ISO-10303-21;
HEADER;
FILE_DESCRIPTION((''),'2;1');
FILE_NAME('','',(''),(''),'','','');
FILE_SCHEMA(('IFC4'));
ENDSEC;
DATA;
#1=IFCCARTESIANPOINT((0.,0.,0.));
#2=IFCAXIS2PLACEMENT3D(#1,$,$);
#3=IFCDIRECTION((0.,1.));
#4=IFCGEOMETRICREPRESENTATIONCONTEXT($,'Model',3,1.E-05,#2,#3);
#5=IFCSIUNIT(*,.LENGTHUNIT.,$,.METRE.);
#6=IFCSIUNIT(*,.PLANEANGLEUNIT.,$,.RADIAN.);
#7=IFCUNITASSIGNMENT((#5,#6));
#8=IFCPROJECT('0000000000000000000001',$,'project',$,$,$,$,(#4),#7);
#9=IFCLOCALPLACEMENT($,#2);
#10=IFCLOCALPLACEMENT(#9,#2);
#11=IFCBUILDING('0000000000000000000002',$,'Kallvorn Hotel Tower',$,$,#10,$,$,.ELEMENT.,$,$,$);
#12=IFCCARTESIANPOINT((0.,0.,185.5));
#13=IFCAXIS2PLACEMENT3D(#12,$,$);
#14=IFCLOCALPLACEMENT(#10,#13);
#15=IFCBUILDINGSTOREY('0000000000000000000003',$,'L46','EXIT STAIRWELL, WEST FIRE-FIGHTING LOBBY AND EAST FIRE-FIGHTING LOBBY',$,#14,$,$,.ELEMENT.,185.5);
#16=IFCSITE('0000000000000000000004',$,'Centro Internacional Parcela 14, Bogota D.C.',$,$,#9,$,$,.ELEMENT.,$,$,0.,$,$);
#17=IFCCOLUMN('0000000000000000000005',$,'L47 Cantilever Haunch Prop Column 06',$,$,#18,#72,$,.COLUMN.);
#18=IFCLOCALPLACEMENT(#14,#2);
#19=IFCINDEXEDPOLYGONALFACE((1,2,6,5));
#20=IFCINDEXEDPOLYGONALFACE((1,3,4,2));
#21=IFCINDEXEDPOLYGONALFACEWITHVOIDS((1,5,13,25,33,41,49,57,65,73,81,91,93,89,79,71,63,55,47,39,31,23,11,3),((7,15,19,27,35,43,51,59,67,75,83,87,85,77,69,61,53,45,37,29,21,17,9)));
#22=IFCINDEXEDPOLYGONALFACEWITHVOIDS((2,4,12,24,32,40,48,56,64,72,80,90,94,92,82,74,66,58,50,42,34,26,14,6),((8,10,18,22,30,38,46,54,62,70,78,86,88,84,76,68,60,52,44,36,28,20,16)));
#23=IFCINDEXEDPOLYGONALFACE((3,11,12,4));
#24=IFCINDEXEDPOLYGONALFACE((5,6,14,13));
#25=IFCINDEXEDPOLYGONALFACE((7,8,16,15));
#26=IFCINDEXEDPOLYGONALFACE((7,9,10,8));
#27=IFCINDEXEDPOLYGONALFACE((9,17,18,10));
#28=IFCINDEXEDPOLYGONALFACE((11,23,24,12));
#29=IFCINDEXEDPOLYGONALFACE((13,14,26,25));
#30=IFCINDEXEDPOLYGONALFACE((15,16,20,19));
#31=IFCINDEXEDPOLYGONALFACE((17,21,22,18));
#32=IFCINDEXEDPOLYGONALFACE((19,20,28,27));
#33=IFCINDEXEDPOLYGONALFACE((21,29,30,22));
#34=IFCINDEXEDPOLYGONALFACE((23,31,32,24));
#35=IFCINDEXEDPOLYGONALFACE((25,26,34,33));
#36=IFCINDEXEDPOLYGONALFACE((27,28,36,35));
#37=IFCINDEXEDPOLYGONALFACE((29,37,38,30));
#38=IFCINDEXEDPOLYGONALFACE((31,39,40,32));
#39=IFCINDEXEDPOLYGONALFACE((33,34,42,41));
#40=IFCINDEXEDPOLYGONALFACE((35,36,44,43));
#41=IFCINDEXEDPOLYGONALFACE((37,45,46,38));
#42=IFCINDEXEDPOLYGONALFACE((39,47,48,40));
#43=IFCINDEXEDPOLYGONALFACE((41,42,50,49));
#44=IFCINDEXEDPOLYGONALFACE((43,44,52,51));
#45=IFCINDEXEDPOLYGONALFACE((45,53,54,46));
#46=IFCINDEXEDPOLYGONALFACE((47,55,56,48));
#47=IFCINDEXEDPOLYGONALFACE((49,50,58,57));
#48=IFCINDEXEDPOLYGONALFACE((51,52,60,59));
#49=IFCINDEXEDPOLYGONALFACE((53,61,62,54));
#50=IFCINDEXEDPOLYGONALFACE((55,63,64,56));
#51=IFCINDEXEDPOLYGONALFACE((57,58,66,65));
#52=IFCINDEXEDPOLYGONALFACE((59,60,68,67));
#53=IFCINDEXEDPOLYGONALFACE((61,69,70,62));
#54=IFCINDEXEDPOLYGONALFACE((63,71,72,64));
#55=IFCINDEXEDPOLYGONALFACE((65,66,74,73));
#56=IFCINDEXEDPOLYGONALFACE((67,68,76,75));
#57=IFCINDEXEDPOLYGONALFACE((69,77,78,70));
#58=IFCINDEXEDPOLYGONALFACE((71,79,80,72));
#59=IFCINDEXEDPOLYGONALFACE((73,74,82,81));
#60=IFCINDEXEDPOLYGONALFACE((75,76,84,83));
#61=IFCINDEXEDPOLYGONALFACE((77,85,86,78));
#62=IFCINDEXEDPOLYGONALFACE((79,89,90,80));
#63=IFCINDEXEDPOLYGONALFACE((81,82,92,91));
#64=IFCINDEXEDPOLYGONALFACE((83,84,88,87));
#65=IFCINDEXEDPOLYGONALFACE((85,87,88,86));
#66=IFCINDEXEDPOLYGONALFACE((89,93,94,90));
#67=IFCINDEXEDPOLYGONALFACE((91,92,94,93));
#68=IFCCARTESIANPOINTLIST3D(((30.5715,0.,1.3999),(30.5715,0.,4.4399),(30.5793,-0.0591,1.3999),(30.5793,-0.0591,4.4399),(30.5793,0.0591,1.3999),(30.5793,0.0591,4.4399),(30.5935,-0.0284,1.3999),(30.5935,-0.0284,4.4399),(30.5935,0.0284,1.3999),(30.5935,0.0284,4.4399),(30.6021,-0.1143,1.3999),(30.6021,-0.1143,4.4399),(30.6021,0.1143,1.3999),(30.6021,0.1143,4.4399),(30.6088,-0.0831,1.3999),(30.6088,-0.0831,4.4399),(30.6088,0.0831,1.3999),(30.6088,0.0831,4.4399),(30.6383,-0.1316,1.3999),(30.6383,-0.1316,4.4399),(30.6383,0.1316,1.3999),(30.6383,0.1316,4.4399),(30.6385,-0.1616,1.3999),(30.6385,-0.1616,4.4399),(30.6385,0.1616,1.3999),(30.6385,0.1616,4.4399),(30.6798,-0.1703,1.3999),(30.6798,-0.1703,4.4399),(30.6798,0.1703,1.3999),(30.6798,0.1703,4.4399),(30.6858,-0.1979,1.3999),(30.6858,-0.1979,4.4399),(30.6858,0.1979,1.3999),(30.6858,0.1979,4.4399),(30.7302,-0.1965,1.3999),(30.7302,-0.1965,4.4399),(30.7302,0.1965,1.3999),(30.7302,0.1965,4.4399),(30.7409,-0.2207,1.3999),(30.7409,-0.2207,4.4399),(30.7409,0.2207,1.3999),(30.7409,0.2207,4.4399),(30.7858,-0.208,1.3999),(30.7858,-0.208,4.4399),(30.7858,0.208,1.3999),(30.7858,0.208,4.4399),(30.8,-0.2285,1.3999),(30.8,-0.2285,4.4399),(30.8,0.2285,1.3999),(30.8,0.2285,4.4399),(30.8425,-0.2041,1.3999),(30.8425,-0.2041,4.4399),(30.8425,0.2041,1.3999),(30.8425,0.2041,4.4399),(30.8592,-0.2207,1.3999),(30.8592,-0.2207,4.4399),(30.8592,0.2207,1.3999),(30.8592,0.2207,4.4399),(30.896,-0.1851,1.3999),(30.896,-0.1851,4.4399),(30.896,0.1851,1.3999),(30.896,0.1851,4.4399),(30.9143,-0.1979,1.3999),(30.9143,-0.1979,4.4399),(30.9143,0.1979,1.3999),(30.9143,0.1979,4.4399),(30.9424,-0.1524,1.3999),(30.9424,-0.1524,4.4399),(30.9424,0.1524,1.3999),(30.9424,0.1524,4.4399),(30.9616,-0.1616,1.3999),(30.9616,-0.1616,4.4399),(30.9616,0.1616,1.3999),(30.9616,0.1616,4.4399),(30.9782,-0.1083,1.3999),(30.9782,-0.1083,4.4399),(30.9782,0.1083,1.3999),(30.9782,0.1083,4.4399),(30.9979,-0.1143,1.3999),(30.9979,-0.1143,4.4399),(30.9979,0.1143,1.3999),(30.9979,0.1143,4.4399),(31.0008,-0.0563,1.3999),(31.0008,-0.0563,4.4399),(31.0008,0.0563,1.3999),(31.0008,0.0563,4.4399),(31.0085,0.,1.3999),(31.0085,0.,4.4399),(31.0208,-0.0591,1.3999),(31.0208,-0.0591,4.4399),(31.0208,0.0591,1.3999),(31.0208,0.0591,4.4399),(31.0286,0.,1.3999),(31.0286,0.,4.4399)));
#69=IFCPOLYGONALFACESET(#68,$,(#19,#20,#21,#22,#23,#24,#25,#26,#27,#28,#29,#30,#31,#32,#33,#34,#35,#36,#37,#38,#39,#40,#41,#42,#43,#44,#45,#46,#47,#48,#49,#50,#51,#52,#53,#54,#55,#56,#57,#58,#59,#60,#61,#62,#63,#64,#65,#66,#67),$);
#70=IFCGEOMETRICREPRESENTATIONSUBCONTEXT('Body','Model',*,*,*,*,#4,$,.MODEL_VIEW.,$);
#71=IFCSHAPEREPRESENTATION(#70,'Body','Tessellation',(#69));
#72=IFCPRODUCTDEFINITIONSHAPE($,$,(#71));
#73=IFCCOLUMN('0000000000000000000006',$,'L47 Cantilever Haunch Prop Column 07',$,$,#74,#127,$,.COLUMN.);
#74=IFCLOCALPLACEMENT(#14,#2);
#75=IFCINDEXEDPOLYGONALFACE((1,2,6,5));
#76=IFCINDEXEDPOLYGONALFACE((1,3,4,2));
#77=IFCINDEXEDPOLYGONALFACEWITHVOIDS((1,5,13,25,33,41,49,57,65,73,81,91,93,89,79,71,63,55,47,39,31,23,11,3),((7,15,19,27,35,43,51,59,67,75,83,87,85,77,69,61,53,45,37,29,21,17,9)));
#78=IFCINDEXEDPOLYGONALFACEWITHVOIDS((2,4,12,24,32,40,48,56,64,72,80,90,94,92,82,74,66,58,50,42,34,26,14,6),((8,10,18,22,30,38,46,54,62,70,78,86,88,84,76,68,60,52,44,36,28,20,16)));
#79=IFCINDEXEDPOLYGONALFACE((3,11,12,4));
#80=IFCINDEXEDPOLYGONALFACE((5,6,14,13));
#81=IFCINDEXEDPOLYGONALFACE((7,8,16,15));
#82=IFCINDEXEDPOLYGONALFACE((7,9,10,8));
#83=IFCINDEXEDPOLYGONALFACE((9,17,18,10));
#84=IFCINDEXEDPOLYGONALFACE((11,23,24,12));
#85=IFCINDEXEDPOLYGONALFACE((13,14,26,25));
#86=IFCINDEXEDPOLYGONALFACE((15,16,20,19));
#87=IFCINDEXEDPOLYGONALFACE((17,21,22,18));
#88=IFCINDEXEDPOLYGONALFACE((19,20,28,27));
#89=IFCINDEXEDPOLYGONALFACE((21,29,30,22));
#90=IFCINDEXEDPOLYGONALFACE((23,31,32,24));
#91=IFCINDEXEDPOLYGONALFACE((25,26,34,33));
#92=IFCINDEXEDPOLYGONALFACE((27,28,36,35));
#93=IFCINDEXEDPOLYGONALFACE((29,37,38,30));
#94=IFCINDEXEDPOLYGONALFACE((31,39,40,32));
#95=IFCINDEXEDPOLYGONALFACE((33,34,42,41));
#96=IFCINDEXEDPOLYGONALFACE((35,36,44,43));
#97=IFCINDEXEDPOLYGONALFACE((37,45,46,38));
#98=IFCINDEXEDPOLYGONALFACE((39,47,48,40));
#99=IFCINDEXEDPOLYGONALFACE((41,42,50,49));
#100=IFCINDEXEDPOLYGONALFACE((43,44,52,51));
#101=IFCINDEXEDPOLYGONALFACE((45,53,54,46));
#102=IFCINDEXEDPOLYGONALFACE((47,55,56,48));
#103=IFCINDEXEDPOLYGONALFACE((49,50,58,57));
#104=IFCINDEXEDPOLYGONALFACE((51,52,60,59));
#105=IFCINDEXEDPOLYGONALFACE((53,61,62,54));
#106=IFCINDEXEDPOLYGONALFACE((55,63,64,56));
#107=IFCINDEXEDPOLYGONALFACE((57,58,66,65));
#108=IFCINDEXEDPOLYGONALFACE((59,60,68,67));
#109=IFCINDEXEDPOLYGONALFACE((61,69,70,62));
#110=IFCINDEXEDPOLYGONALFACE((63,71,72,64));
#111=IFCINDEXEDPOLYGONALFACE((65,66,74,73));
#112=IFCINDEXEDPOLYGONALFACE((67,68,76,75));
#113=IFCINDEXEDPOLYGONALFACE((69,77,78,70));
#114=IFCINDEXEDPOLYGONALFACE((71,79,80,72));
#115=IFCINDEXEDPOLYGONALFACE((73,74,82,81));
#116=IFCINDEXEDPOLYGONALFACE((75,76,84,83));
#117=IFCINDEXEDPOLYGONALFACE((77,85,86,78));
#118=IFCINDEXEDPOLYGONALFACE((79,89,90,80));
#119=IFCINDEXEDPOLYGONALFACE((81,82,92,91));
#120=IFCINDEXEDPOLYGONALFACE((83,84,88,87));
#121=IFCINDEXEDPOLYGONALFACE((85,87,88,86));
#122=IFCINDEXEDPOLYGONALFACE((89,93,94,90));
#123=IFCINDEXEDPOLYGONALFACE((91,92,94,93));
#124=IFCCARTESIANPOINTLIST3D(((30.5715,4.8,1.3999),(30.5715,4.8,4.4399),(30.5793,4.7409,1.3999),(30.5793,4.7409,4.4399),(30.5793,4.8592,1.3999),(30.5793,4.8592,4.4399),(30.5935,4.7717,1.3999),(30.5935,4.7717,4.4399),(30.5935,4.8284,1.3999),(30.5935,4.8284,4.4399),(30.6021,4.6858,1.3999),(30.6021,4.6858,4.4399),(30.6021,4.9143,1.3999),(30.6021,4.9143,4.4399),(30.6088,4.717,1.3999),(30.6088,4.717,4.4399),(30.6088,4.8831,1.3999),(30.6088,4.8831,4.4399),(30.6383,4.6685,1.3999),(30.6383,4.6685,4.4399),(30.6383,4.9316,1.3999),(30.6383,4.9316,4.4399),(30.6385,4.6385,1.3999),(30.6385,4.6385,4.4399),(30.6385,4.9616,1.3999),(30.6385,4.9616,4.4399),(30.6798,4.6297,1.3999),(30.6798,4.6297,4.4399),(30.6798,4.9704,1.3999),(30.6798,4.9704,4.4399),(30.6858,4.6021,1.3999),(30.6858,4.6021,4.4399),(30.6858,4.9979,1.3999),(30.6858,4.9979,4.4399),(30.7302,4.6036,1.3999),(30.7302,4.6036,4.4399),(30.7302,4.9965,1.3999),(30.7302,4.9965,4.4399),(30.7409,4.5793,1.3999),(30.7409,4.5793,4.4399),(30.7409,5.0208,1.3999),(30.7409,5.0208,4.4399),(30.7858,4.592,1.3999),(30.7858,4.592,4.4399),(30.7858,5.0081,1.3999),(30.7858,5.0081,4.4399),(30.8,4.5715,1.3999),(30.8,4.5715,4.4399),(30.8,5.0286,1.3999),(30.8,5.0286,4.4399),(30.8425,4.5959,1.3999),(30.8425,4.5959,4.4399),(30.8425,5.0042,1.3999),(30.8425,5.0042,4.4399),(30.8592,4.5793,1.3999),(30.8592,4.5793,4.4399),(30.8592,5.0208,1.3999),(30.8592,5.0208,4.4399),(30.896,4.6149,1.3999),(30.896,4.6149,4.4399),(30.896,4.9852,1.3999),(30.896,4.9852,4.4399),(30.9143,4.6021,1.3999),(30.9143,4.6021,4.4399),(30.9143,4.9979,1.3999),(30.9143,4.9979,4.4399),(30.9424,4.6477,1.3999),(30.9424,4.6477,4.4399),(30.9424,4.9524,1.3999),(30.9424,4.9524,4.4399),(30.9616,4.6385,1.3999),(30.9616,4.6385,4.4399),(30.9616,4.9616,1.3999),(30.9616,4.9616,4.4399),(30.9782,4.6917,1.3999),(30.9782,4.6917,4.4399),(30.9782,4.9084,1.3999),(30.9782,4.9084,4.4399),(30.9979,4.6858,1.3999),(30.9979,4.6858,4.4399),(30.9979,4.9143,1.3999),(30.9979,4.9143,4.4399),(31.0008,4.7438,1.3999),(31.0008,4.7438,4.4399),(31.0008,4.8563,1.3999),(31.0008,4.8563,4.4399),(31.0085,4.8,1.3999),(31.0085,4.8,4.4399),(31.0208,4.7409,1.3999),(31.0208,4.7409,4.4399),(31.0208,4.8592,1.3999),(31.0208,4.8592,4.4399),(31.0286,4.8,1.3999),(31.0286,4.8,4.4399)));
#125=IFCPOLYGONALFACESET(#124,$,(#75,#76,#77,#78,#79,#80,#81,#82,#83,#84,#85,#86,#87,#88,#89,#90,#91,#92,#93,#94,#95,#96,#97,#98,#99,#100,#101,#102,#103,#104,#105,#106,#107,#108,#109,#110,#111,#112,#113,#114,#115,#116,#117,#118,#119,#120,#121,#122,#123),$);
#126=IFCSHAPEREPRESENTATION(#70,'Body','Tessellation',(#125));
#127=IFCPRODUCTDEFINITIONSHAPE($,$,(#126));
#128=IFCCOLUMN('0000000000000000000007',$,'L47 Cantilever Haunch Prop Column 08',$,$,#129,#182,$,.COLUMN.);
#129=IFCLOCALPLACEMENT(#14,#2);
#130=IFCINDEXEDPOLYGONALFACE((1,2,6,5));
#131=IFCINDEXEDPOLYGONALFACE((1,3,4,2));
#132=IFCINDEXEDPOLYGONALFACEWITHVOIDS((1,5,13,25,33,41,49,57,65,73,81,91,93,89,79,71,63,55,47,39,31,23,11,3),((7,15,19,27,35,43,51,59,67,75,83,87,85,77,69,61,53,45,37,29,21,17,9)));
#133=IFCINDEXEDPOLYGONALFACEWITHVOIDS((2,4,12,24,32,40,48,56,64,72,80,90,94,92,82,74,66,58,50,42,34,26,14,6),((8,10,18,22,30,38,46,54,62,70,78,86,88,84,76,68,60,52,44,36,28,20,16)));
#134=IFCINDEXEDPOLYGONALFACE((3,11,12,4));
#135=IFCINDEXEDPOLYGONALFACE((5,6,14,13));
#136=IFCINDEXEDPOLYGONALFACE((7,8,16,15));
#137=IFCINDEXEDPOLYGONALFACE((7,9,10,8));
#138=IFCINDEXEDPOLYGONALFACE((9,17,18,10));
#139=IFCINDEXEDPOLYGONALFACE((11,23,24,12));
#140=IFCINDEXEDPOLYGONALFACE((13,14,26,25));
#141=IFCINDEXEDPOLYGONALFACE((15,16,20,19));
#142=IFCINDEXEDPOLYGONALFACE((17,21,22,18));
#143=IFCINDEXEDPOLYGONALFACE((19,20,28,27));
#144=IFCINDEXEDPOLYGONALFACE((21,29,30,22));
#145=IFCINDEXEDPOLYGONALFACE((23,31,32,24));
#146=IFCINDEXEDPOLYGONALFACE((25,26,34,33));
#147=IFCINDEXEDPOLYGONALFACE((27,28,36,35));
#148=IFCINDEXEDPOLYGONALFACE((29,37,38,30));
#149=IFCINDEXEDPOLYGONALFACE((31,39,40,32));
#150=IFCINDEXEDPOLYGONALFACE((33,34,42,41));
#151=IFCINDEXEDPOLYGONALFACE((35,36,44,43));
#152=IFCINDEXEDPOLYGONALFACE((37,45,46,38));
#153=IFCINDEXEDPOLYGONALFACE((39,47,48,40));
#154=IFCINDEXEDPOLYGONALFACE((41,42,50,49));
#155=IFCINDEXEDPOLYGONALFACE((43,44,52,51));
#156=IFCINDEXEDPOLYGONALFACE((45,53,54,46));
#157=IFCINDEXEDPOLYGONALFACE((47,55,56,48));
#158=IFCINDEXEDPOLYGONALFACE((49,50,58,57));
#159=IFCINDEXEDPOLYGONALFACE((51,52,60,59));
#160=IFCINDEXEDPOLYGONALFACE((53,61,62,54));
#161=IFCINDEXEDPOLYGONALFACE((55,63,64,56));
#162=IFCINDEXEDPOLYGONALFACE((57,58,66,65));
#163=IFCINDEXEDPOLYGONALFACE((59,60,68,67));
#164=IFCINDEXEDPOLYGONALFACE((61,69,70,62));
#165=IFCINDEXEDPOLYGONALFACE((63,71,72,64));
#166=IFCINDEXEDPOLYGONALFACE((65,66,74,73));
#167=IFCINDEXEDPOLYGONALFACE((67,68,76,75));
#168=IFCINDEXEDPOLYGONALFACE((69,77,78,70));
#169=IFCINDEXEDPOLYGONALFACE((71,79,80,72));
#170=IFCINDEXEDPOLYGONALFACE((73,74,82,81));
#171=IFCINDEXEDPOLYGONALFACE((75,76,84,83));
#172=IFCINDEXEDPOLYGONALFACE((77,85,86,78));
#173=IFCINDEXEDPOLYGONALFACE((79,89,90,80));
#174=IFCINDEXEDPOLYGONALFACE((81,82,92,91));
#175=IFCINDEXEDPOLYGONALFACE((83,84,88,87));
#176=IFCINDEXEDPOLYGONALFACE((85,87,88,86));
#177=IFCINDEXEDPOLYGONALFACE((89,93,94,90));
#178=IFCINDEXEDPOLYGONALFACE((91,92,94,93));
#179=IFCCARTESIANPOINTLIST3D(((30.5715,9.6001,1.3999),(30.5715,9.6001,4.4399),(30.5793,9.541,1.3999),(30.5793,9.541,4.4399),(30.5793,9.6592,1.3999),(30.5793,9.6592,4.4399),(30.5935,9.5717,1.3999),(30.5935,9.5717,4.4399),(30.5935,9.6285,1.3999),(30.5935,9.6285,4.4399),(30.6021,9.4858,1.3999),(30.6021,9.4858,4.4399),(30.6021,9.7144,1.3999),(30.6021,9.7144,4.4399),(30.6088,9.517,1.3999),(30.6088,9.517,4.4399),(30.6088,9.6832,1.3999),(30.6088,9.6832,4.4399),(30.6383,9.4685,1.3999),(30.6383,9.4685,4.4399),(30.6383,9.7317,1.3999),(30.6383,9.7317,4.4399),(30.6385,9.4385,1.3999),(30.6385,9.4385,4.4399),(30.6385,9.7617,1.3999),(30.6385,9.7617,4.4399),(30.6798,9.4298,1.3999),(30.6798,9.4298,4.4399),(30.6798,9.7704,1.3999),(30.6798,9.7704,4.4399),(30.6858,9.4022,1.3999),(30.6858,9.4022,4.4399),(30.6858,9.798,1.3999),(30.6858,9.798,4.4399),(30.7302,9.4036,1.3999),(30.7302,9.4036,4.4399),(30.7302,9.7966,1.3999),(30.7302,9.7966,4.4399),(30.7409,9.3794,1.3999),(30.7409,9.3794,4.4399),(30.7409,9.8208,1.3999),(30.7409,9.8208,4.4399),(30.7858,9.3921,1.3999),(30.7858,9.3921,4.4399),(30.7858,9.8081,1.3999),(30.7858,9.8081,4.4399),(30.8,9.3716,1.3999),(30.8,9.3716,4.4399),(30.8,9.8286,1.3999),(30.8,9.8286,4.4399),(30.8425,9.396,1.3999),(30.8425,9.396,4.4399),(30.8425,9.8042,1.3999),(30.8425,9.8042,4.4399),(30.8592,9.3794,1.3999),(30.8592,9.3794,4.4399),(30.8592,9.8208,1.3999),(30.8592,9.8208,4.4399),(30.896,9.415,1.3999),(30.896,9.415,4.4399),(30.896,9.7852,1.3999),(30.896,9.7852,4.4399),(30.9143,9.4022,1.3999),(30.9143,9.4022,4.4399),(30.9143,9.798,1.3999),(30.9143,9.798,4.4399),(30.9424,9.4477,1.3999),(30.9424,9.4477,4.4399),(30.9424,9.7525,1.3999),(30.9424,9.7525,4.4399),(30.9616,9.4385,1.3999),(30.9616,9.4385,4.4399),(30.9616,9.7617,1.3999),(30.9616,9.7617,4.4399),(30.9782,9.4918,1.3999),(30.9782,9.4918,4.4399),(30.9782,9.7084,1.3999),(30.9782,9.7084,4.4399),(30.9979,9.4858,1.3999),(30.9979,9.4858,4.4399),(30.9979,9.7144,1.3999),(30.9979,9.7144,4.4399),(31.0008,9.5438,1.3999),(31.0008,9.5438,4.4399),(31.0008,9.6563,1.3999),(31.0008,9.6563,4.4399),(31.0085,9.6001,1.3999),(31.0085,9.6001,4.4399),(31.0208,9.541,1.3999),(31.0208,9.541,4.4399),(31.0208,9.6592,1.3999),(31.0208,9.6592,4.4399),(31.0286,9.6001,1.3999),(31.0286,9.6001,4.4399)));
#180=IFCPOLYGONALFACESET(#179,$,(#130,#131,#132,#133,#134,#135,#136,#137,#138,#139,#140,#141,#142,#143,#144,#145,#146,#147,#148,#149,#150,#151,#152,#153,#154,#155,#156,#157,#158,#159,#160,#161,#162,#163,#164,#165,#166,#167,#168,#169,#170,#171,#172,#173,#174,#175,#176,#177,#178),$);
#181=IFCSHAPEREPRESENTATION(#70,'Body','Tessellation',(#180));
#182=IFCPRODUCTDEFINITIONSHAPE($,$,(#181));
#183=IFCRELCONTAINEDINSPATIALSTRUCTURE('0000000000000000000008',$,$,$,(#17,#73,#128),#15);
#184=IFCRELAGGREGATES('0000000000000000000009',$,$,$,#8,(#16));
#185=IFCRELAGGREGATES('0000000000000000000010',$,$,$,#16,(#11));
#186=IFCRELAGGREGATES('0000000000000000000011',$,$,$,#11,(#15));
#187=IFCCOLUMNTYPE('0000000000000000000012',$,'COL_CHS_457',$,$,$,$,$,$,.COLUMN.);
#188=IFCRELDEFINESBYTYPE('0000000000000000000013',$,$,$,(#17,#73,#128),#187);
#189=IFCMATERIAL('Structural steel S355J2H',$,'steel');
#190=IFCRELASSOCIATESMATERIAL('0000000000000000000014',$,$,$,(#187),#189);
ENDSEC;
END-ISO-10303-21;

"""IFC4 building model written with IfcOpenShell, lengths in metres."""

from ifc_helpers import new_model, si_unit, direction, frame, origin, origin_2d, place, context, subcontext, project, spatial, hollow_circle, extrude, material, material_profile, profile_set, type_object, element, save


model = new_model("IFC4")

# Units and contexts
model_context = context("Model", 3, precision=1e-05, world=origin(), true_north=direction((0.0, 1.0)))
body_context = subcontext(model_context, "Body", "Model", "MODEL_VIEW")
ifc_project = project(units=[si_unit("LENGTHUNIT", "METRE"), si_unit("PLANEANGLEUNIT", "RADIAN")], contexts=[model_context])

# Site, building, storey
site_placement = place(None, origin())
site = spatial("IfcSite", under=ifc_project, at=site_placement, Name="Centro Internacional Parcela 14, Bogota D.C.", CompositionType="ELEMENT", RefElevation=0.0)
building_placement = place(site_placement, origin())
building = spatial("IfcBuilding", under=site, at=building_placement, Name="Kallvorn Hotel Tower", CompositionType="ELEMENT")
storey_placement = place(building_placement, frame((0.0, 0.0, 185.5)))
storey = spatial("IfcBuildingStorey", under=building, at=storey_placement, Name="L46", Description="EXIT STAIRWELL, WEST FIRE-FIGHTING LOBBY AND EAST FIRE-FIGHTING LOBBY", CompositionType="ELEMENT", Elevation=185.5)

# Columns
ifc_material_1 = material(Name="Structural steel S355J2H", Category="steel")
ifc_material_profile_1 = material_profile(ifc_material_1, hollow_circle(Radius=0.2285, WallThickness=0.02, at=origin_2d()), Name="CHS 457x20")
ifc_profile_set_1 = profile_set([ifc_material_profile_1], Name="Structural steel S355J2H")
column_type_1 = type_object("IfcColumnType", Name="COL_CHS_457", PredefinedType="COLUMN", material=ifc_profile_set_1)
for number, where, z_axis, x_axis, name in (
    (1, (30.8, 0.0, 1.3999), (0.0, 0.0, 1.0), (1.0, 0.0, 0.0), "L47 Cantilever Haunch Prop Column 06"),
    (2, (30.8, 4.8, 1.3999), (0.0, 0.0, 1.0), (1.0, 0.0, 0.0), "L47 Cantilever Haunch Prop Column 07"),
    (3, (30.8, 9.6001, 1.3999), (0.0, 0.0, 1.0), (1.0, 0.0, 0.0), "L47 Cantilever Haunch Prop Column 08"),
):
    element("IfcColumn", number, at=place(storey_placement, frame(where, z_axis=z_axis, x_axis=x_axis)), inside=storey, type_object=column_type_1, Name=name, PredefinedType="COLUMN", context=body_context, shape_type="SweptSolid", body=[
        extrude(hollow_circle(Radius=0.2285, WallThickness=0.02, at=origin_2d()), origin(), (0.0, 0.0, 1.0), 3.04),
    ])

save(model, "model.ifc")
